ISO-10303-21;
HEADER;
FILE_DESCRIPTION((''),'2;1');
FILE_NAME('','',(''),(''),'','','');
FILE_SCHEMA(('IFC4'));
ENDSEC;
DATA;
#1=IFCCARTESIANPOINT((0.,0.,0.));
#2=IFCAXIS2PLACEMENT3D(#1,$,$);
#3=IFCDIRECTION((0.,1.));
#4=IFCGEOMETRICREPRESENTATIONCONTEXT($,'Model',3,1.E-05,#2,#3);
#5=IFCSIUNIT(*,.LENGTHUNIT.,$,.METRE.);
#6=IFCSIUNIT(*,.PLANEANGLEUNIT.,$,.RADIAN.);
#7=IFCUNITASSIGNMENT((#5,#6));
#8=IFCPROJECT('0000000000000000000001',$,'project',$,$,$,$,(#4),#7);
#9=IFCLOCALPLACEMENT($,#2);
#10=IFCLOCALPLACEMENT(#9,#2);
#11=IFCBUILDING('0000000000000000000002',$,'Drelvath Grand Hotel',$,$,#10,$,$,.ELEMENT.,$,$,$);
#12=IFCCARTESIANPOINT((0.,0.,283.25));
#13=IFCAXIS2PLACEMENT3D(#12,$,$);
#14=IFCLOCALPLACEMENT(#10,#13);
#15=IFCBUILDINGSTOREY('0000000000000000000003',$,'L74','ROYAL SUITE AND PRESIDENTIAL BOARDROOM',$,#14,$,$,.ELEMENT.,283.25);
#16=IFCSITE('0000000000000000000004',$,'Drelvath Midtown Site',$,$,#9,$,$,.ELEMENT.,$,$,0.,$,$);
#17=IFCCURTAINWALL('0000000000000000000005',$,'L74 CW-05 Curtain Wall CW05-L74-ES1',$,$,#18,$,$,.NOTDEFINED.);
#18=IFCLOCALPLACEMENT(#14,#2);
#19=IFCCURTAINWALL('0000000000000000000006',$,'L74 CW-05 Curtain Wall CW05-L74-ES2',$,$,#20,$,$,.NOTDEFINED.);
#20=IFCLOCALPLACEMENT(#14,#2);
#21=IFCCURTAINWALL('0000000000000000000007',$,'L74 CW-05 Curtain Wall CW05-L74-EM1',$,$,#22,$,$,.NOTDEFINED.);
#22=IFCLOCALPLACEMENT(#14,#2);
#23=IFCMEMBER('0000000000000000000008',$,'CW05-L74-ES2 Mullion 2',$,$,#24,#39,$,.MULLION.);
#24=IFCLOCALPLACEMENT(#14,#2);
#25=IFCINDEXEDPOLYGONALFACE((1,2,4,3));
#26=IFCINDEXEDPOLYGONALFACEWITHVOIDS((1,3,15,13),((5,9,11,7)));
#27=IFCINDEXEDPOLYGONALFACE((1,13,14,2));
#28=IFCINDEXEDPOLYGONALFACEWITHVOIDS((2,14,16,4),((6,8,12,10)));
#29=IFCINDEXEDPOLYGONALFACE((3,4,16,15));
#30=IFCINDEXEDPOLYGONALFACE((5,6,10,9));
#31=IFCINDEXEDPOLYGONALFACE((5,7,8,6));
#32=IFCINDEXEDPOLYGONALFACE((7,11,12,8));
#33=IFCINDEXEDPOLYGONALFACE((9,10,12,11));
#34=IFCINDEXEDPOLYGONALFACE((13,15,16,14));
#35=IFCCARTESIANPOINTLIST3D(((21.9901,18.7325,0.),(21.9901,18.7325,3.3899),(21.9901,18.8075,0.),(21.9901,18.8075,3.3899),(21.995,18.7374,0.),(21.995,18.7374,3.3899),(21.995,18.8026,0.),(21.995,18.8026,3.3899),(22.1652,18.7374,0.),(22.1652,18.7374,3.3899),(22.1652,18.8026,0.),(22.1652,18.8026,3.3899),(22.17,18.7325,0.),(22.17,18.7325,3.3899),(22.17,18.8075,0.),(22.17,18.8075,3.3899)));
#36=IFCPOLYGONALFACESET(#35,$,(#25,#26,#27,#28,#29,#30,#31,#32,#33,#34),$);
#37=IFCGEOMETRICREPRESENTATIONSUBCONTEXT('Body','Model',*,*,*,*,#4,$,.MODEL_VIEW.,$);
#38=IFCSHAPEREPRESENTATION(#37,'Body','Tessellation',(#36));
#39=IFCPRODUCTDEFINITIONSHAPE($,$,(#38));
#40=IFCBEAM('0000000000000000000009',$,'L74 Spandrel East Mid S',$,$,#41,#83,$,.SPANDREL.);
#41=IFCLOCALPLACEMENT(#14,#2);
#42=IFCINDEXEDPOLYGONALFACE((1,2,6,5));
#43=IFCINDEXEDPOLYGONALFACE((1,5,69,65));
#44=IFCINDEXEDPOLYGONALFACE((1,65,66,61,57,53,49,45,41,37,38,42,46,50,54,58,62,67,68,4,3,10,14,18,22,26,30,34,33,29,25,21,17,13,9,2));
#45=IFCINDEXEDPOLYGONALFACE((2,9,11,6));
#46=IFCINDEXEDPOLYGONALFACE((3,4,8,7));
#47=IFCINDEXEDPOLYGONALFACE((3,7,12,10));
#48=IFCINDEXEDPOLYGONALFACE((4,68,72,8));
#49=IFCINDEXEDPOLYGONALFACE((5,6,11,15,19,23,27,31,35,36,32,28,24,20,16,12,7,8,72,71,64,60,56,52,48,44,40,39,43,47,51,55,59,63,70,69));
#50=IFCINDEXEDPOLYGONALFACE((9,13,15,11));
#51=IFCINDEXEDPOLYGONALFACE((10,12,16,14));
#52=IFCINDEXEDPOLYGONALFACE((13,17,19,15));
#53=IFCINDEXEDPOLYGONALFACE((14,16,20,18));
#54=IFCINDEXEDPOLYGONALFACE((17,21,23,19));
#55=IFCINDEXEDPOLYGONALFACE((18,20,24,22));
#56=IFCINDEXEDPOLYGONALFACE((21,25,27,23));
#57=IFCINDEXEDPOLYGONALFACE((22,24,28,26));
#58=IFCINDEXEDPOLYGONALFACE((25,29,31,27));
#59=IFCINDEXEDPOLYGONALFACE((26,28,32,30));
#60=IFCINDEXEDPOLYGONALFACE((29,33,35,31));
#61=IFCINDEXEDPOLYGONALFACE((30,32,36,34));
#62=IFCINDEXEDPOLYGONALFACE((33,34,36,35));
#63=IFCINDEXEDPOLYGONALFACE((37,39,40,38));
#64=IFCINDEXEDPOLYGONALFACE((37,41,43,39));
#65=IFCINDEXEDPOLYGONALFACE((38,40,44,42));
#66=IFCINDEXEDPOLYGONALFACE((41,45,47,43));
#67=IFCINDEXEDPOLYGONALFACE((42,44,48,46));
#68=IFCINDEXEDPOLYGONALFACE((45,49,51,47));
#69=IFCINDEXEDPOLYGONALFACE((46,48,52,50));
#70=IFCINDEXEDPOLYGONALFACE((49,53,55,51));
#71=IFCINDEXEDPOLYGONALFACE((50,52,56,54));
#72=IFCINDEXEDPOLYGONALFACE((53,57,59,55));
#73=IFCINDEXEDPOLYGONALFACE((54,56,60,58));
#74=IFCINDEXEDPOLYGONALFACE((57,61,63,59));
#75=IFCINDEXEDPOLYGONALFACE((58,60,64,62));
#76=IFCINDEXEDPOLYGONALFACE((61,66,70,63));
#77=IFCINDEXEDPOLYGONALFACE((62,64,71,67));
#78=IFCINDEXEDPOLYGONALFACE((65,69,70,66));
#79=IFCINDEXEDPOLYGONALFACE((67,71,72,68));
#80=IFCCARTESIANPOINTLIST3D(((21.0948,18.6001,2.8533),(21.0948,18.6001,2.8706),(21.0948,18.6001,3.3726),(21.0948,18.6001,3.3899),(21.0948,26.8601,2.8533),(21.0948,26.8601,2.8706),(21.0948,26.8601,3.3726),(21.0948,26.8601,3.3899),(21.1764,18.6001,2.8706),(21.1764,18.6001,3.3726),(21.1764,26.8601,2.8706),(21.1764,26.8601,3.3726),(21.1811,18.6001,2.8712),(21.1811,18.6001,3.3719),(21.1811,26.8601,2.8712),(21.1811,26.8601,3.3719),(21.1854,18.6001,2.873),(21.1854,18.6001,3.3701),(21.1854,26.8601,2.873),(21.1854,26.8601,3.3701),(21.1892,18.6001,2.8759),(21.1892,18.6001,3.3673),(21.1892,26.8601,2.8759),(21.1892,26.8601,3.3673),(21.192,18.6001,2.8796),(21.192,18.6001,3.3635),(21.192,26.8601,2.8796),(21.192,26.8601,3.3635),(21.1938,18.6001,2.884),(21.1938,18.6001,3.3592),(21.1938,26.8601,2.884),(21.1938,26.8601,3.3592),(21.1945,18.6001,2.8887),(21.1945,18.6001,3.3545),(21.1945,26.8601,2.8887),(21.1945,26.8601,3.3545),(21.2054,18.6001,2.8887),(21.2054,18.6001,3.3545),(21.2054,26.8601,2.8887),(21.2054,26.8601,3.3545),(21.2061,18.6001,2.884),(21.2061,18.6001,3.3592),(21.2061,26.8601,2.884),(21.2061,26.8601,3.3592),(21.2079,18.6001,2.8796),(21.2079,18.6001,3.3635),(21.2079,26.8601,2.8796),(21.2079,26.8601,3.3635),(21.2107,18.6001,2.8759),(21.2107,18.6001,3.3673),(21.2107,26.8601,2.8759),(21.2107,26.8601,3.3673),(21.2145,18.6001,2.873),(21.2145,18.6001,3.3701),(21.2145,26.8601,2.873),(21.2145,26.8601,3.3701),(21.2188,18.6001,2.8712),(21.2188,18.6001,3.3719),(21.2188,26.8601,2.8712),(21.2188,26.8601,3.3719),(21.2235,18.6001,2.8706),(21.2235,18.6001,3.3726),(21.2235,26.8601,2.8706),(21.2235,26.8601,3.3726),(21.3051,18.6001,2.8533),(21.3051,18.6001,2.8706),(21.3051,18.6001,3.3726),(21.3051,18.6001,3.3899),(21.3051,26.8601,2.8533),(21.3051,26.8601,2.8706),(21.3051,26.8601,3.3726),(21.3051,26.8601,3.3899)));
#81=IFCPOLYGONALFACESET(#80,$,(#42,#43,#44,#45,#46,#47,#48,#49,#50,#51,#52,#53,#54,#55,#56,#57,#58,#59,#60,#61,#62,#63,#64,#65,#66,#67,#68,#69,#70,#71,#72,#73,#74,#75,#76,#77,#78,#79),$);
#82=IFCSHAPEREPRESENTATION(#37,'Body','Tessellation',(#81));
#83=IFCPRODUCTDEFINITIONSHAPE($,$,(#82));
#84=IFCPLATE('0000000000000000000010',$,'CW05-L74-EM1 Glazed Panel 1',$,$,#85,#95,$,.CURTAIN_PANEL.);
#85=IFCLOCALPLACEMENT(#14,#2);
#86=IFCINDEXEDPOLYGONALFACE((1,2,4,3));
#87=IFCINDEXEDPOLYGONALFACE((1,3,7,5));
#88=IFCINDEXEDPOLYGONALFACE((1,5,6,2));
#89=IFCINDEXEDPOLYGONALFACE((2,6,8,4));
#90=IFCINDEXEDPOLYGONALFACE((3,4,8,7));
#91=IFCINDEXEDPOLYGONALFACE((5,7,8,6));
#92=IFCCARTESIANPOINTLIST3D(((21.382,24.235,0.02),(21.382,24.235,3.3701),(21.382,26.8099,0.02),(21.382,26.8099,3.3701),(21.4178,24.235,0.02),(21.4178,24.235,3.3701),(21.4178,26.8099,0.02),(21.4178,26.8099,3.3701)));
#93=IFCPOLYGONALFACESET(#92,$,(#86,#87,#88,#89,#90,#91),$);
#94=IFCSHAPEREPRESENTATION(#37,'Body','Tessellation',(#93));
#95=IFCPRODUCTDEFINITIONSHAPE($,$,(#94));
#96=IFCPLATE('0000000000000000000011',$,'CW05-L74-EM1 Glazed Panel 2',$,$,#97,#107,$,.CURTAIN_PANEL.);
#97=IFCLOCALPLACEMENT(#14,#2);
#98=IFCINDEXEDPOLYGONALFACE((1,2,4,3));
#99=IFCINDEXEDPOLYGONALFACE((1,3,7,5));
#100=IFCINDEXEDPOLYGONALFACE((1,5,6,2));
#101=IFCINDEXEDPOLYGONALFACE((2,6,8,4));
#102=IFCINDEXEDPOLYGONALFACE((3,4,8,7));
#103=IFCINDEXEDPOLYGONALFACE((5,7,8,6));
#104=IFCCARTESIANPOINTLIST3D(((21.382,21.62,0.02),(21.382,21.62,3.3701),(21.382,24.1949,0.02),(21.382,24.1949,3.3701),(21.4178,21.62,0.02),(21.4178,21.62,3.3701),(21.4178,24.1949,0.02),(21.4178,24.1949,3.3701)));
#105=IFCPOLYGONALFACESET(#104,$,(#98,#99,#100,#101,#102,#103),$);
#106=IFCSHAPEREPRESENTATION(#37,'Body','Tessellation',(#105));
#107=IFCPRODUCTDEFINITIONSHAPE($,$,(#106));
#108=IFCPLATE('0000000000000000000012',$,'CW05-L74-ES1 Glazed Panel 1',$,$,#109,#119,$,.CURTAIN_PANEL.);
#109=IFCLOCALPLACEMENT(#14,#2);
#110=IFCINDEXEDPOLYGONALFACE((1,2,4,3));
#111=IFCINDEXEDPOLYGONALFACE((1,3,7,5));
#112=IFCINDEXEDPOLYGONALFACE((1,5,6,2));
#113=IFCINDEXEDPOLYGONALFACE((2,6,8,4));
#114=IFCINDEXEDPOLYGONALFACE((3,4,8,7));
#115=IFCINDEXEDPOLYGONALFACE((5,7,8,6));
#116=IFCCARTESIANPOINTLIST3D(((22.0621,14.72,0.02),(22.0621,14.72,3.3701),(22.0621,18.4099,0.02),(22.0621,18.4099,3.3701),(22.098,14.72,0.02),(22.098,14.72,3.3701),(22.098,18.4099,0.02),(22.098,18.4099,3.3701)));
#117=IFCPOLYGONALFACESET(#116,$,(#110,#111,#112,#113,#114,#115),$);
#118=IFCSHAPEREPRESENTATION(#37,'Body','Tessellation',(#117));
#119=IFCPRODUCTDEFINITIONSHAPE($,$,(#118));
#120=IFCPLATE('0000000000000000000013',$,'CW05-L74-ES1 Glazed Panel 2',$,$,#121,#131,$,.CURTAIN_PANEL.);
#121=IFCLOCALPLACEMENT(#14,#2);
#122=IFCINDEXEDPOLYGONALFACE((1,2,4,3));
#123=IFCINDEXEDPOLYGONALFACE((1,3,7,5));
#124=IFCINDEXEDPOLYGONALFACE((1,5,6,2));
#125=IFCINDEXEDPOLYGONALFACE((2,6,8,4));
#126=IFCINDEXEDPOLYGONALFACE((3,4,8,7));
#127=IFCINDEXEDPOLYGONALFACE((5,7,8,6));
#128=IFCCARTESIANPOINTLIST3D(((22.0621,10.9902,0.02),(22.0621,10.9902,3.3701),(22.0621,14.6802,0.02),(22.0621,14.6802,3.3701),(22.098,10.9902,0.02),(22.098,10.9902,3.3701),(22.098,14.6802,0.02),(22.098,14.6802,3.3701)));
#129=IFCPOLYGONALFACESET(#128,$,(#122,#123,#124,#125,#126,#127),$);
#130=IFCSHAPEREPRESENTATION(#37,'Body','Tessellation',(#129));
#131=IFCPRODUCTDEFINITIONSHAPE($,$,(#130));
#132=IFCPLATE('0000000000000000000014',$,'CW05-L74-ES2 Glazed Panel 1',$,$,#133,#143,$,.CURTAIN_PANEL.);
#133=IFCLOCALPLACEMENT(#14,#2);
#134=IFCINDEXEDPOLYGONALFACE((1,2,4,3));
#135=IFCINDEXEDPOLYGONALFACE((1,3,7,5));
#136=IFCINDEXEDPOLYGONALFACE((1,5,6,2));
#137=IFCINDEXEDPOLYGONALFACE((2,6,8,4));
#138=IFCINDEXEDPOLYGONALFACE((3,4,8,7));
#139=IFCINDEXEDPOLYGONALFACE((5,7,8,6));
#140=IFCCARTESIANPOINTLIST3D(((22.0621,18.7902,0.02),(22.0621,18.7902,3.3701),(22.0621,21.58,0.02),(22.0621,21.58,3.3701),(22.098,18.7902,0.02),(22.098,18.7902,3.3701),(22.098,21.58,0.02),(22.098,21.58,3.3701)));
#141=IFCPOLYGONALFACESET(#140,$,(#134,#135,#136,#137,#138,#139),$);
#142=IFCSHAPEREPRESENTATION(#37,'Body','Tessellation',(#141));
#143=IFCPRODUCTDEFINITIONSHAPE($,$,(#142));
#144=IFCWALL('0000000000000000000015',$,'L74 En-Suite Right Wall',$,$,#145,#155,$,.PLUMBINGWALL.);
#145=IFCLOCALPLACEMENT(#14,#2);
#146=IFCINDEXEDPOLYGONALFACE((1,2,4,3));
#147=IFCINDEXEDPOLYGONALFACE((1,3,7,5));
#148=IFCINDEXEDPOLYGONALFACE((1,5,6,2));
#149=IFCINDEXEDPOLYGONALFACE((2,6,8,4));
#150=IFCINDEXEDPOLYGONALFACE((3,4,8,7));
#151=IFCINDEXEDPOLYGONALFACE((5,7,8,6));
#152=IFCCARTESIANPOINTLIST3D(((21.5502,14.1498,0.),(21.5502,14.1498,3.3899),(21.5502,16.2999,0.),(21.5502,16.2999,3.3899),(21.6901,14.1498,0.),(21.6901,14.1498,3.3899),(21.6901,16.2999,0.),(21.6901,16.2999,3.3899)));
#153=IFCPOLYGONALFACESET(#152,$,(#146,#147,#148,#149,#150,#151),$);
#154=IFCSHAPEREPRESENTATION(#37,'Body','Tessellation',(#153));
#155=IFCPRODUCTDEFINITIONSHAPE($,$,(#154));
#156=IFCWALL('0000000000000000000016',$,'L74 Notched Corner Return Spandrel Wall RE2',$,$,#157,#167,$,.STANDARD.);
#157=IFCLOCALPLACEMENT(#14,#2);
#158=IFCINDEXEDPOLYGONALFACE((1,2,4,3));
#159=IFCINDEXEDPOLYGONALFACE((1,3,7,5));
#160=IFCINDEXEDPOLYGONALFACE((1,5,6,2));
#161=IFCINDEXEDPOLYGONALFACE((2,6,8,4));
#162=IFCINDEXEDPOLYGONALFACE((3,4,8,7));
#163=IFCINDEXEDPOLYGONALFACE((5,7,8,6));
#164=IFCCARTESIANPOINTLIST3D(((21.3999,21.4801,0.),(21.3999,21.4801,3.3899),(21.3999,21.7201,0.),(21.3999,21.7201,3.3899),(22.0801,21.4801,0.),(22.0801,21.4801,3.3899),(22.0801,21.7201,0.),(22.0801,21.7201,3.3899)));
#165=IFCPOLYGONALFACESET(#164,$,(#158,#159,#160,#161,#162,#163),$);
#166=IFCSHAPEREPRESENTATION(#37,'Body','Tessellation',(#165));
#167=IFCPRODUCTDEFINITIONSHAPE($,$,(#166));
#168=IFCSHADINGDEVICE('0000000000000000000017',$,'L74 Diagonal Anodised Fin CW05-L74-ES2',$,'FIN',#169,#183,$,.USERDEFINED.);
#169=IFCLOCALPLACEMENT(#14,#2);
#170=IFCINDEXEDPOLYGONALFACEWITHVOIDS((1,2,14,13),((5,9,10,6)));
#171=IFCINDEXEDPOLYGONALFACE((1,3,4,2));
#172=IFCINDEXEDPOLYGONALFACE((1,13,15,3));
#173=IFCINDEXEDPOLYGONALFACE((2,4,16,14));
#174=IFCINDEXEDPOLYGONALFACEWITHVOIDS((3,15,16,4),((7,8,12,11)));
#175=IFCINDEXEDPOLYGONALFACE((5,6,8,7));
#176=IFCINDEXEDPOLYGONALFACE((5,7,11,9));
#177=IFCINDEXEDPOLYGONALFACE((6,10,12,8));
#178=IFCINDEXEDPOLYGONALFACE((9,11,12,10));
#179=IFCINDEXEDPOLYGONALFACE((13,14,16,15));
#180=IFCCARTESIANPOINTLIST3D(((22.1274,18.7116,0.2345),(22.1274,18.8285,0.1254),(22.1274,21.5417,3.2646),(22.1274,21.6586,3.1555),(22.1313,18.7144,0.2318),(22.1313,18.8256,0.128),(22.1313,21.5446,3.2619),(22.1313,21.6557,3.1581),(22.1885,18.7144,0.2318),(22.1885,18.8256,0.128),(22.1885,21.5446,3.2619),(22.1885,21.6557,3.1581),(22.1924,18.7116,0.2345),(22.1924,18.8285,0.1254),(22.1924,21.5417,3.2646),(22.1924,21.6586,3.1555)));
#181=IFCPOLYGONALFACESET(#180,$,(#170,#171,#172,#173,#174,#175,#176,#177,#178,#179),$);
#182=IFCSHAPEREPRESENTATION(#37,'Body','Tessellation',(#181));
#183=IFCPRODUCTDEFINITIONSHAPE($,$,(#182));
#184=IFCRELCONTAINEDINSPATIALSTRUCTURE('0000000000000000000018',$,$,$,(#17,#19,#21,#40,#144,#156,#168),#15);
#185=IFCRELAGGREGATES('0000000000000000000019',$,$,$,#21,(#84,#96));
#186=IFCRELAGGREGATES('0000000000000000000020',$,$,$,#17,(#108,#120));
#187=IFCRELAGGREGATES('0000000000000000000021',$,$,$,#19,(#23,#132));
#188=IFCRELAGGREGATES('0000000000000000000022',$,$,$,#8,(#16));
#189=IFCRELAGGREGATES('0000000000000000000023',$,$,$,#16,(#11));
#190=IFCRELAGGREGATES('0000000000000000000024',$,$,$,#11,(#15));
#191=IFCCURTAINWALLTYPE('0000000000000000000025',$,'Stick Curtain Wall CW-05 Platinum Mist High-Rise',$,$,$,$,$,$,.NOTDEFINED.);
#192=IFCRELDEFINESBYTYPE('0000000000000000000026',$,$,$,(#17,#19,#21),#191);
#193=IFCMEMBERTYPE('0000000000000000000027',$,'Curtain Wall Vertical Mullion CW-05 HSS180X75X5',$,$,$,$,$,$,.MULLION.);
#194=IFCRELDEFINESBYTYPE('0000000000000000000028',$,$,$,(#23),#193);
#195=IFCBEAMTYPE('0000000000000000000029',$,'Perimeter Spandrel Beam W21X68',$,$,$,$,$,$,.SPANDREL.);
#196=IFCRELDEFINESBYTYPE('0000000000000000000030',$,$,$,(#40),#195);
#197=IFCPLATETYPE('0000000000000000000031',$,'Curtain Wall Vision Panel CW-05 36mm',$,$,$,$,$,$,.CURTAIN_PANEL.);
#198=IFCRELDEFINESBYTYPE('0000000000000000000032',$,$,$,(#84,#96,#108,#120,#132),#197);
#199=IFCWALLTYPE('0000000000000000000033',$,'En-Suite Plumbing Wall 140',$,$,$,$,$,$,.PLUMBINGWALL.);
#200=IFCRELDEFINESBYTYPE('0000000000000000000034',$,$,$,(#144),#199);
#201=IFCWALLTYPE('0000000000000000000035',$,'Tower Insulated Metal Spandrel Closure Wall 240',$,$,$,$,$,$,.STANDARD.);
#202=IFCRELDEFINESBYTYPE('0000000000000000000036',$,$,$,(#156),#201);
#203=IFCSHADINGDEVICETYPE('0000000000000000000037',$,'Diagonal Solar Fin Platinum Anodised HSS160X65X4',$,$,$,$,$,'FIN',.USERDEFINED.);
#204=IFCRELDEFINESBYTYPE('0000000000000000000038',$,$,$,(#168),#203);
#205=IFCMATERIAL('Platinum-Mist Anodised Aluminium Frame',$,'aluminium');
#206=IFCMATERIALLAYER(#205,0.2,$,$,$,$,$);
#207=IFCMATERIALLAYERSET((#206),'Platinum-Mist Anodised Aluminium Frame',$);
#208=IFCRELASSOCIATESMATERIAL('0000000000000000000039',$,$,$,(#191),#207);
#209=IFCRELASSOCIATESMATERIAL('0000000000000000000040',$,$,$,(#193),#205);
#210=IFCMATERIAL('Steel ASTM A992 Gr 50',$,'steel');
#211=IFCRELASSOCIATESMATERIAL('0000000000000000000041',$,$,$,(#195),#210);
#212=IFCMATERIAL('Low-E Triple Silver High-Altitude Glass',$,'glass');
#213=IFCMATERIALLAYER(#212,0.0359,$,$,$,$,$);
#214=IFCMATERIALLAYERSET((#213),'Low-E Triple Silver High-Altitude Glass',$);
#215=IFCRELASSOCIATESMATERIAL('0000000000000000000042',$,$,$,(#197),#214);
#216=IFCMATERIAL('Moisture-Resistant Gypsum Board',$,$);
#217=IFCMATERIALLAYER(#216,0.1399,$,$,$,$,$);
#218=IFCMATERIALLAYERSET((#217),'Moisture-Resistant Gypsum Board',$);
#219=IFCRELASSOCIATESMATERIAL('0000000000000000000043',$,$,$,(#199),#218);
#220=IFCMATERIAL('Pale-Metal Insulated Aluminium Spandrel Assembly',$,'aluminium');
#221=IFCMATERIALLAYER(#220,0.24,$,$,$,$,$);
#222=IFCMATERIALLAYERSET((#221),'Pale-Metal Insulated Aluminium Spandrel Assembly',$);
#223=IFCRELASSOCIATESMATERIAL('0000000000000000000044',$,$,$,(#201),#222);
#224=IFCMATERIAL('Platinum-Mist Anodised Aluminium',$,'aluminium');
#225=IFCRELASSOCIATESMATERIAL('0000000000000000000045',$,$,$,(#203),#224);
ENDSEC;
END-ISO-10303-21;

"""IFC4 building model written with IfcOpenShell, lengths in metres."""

from ifc_helpers import new_model, si_unit, direction, frame, frame_2d, origin, origin_2d, place, context, subcontext, project, spatial, rectangle, hollow_rectangle, i_section, extrude, material, layer, layer_set, material_profile, profile_set, type_object, element, aggregate, save


model = new_model("IFC4")

# Units and contexts
model_context = context("Model", 3, precision=1e-05, world=origin(), true_north=direction((0.0, 1.0)))
body_context = subcontext(model_context, "Body", "Model", "MODEL_VIEW")
ifc_project = project(units=[si_unit("LENGTHUNIT", "METRE"), si_unit("PLANEANGLEUNIT", "RADIAN")], contexts=[model_context])

# Site, building, storey
site_placement = place(None, origin())
site = spatial("IfcSite", under=ifc_project, at=site_placement, Name="Drelvath Midtown Site", CompositionType="ELEMENT", RefElevation=0.0)
building_placement = place(site_placement, origin())
building = spatial("IfcBuilding", under=site, at=building_placement, Name="Drelvath Grand Hotel", CompositionType="ELEMENT")
storey_placement = place(building_placement, frame((0.0, 0.0, 283.25)))
storey = spatial("IfcBuildingStorey", under=building, at=storey_placement, Name="L74", Description="ROYAL SUITE AND PRESIDENTIAL BOARDROOM", CompositionType="ELEMENT", Elevation=283.25)

# Curtain walls
ifc_material_1 = material(Name="Platinum-Mist Anodised Aluminium Frame", Category="aluminium")
ifc_layer_1 = layer(ifc_material_1, 0.2)
ifc_layer_set_1 = layer_set([ifc_layer_1], Name="Platinum-Mist Anodised Aluminium Frame")
curtain_wall_type = type_object("IfcCurtainWallType", Name="Stick Curtain Wall CW-05 Platinum Mist High-Rise", PredefinedType="NOTDEFINED", material=ifc_layer_set_1)
curtain_wall_1_placement = place(storey_placement, origin())
curtain_wall_1 = element("IfcCurtainWall", 1, at=curtain_wall_1_placement, inside=storey, type_object=curtain_wall_type, Name="L74 CW-05 Curtain Wall CW05-L74-ES1", PredefinedType="NOTDEFINED")
curtain_wall_2_placement = place(storey_placement, origin())
curtain_wall_2 = element("IfcCurtainWall", 2, at=curtain_wall_2_placement, inside=storey, type_object=curtain_wall_type, Name="L74 CW-05 Curtain Wall CW05-L74-ES2", PredefinedType="NOTDEFINED")

# Curtain wall
curtain_wall_3_placement = place(storey_placement, origin())
curtain_wall_3 = element("IfcCurtainWall", 3, at=curtain_wall_3_placement, inside=storey, type_object=curtain_wall_type, Name="L74 CW-05 Curtain Wall CW05-L74-EM1", PredefinedType="NOTDEFINED")
ifc_material_profile_1 = material_profile(ifc_material_1, hollow_rectangle(XDim=0.075, YDim=0.1799, WallThickness=0.0049, at=origin_2d()), Name="HSS180X75X5")
ifc_profile_set_1 = profile_set([ifc_material_profile_1], Name="Platinum-Mist Anodised Aluminium Frame")
member_type_1 = type_object("IfcMemberType", Name="Curtain Wall Vertical Mullion CW-05 HSS180X75X5", PredefinedType="MULLION", material=ifc_profile_set_1)

# Member
member_1_placement = place(storey_placement, frame((22.0801, 18.77, 0.0), z_axis=(0.0, 0.0, 1.0), x_axis=(0.0, 1.0, 0.0)))
member_1 = element("IfcMember", 4, at=member_1_placement, type_object=member_type_1, Name="CW05-L74-ES2 Mullion 2", PredefinedType="MULLION", context=body_context, shape_type="SweptSolid", body=[
    extrude(hollow_rectangle(XDim=0.075, YDim=0.1799, WallThickness=0.0049, at=origin_2d()), origin(), (0.0, 0.0, 1.0), 3.3899),
])

# Beam
ifc_material_2 = material(Name="Steel ASTM A992 Gr 50", Category="steel")
ifc_material_profile_2 = material_profile(ifc_material_2, i_section(OverallWidth=0.2102, OverallDepth=0.5366, WebThickness=0.011, FlangeThickness=0.0173, FilletRadius=0.0181, at=origin_2d()), Name="W21X68")
ifc_profile_set_2 = profile_set([ifc_material_profile_2], Name="Steel ASTM A992 Gr 50")
beam_type = type_object("IfcBeamType", Name="Perimeter Spandrel Beam W21X68", PredefinedType="SPANDREL", material=ifc_profile_set_2)
beam_placement = place(storey_placement, frame((21.2, 18.6001, 3.1216), z_axis=(0.0, 1.0, 0.0), x_axis=(-1.0, 0.0, 0.0)))
element("IfcBeam", 5, at=beam_placement, inside=storey, type_object=beam_type, Name="L74 Spandrel East Mid S", PredefinedType="SPANDREL", context=body_context, shape_type="SweptSolid", body=[
    extrude(i_section(OverallWidth=0.2102, OverallDepth=0.5366, WebThickness=0.011, FlangeThickness=0.0173, FilletRadius=0.0181, at=origin_2d()), origin(), (0.0, 0.0, 1.0), 8.26),
])

# Plates
ifc_material_3 = material(Name="Low-E Triple Silver High-Altitude Glass", Category="glass")
ifc_layer_2 = layer(ifc_material_3, 0.0359)
ifc_layer_set_2 = layer_set([ifc_layer_2], Name="Low-E Triple Silver High-Altitude Glass")
plate_type = type_object("IfcPlateType", Name="Curtain Wall Vision Panel CW-05 36mm", PredefinedType="CURTAIN_PANEL", material=ifc_layer_set_2)
plate_1_placement = place(storey_placement, frame((21.3999, 25.5225, 0.02), z_axis=(0.0, 0.0, 1.0), x_axis=(0.0, -1.0, 0.0)))
plate_1 = element("IfcPlate", 6, at=plate_1_placement, type_object=plate_type, Name="CW05-L74-EM1 Glazed Panel 1", PredefinedType="CURTAIN_PANEL", context=body_context, shape_type="SweptSolid", body=[
    extrude(rectangle(XDim=2.575, YDim=0.0359, at=origin_2d()), origin(), (0.0, 0.0, 1.0), 3.3501),
])
plate_2_placement = place(storey_placement, frame((21.3999, 22.9075, 0.02), z_axis=(0.0, 0.0, 1.0), x_axis=(0.0, -1.0, 0.0)))
plate_2 = element("IfcPlate", 7, at=plate_2_placement, type_object=plate_type, Name="CW05-L74-EM1 Glazed Panel 2", PredefinedType="CURTAIN_PANEL", context=body_context, shape_type="SweptSolid", body=[
    extrude(rectangle(XDim=2.575, YDim=0.0359, at=origin_2d()), origin(), (0.0, 0.0, 1.0), 3.3501),
])
aggregate(curtain_wall_3, [plate_1, plate_2])
plate_3_placement = place(storey_placement, frame((22.0801, 16.5649, 0.02), z_axis=(0.0, 0.0, 1.0), x_axis=(0.0, -1.0, 0.0)))
plate_3 = element("IfcPlate", 8, at=plate_3_placement, type_object=plate_type, Name="CW05-L74-ES1 Glazed Panel 1", PredefinedType="CURTAIN_PANEL", context=body_context, shape_type="SweptSolid", body=[
    extrude(rectangle(XDim=3.6899, YDim=0.0359, at=origin_2d()), origin(), (0.0, 0.0, 1.0), 3.3501),
])
plate_4_placement = place(storey_placement, frame((22.0801, 12.8352, 0.02), z_axis=(0.0, 0.0, 1.0), x_axis=(0.0, -1.0, 0.0)))
plate_4 = element("IfcPlate", 9, at=plate_4_placement, type_object=plate_type, Name="CW05-L74-ES1 Glazed Panel 2", PredefinedType="CURTAIN_PANEL", context=body_context, shape_type="SweptSolid", body=[
    extrude(rectangle(XDim=3.6899, YDim=0.0359, at=origin_2d()), origin(), (0.0, 0.0, 1.0), 3.3501),
])
aggregate(curtain_wall_1, [plate_3, plate_4])
plate_5_placement = place(storey_placement, frame((22.0801, 20.1851, 0.02), z_axis=(0.0, 0.0, 1.0), x_axis=(0.0, -1.0, 0.0)))
plate_5 = element("IfcPlate", 10, at=plate_5_placement, type_object=plate_type, Name="CW05-L74-ES2 Glazed Panel 1", PredefinedType="CURTAIN_PANEL", context=body_context, shape_type="SweptSolid", body=[
    extrude(rectangle(XDim=2.7898, YDim=0.0359, at=origin_2d()), origin(), (0.0, 0.0, 1.0), 3.3501),
])
aggregate(curtain_wall_2, [member_1, plate_5])

# Walls
ifc_material_4 = material(Name="Moisture-Resistant Gypsum Board")
ifc_layer_3 = layer(ifc_material_4, 0.1399)
ifc_layer_set_3 = layer_set([ifc_layer_3], Name="Moisture-Resistant Gypsum Board")
wall_type_1 = type_object("IfcWallType", Name="En-Suite Plumbing Wall 140", PredefinedType="PLUMBINGWALL", material=ifc_layer_set_3)
wall_1_placement = place(storey_placement, frame((21.6201, 16.3, 0.0), z_axis=(0.0, 0.0, 1.0), x_axis=(0.0, -1.0, 0.0)))
element("IfcWall", 11, at=wall_1_placement, inside=storey, type_object=wall_type_1, Name="L74 En-Suite Right Wall", PredefinedType="PLUMBINGWALL", context=body_context, shape_type="SweptSolid", body=[
    extrude(rectangle(XDim=2.1501, YDim=0.1399, at=frame_2d((1.0752, 0.0))), origin(), (0.0, 0.0, 1.0), 3.3899),
])
ifc_material_5 = material(Name="Pale-Metal Insulated Aluminium Spandrel Assembly", Category="aluminium")
ifc_layer_4 = layer(ifc_material_5, 0.24)
ifc_layer_set_4 = layer_set([ifc_layer_4], Name="Pale-Metal Insulated Aluminium Spandrel Assembly")
wall_type_2 = type_object("IfcWallType", Name="Tower Insulated Metal Spandrel Closure Wall 240", PredefinedType="STANDARD", material=ifc_layer_set_4)
wall_2_placement = place(storey_placement, frame((21.3999, 21.6001, 0.0), z_axis=(0.0, 0.0, 1.0), x_axis=(1.0, 0.0, 0.0)))
element("IfcWall", 12, at=wall_2_placement, inside=storey, type_object=wall_type_2, Name="L74 Notched Corner Return Spandrel Wall RE2", PredefinedType="STANDARD", context=body_context, shape_type="SweptSolid", body=[
    extrude(rectangle(XDim=0.6802, YDim=0.24, at=frame_2d((0.3401, 0.0))), origin(), (0.0, 0.0, 1.0), 3.3899),
])

# Shading device
ifc_material_6 = material(Name="Platinum-Mist Anodised Aluminium", Category="aluminium")
ifc_material_profile_3 = material_profile(ifc_material_6, hollow_rectangle(XDim=0.0649, YDim=0.1599, WallThickness=0.0039, at=origin_2d()), Name="HSS160X65X4")
ifc_profile_set_3 = profile_set([ifc_material_profile_3], Name="Platinum-Mist Anodised Aluminium")
shading_device_type = type_object("IfcShadingDeviceType", Name="Diagonal Solar Fin Platinum Anodised HSS160X65X4", ElementType="FIN", PredefinedType="USERDEFINED", material=ifc_profile_set_3)
shading_device_placement = place(storey_placement, frame((22.1599, 18.77, 0.1799), z_axis=(0.0, 0.682583, 0.730808), x_axis=(-1.0, 0.0, 0.0)))
element("IfcShadingDevice", 13, at=shading_device_placement, inside=storey, type_object=shading_device_type, Name="L74 Diagonal Anodised Fin CW05-L74-ES2", ObjectType="FIN", PredefinedType="USERDEFINED", context=body_context, shape_type="SweptSolid", body=[
    extrude(hollow_rectangle(XDim=0.0649, YDim=0.1599, WallThickness=0.0039, at=origin_2d()), origin(), (0.0, 0.0, 1.0), 4.1462),
])

save(model, "model.ifc")
